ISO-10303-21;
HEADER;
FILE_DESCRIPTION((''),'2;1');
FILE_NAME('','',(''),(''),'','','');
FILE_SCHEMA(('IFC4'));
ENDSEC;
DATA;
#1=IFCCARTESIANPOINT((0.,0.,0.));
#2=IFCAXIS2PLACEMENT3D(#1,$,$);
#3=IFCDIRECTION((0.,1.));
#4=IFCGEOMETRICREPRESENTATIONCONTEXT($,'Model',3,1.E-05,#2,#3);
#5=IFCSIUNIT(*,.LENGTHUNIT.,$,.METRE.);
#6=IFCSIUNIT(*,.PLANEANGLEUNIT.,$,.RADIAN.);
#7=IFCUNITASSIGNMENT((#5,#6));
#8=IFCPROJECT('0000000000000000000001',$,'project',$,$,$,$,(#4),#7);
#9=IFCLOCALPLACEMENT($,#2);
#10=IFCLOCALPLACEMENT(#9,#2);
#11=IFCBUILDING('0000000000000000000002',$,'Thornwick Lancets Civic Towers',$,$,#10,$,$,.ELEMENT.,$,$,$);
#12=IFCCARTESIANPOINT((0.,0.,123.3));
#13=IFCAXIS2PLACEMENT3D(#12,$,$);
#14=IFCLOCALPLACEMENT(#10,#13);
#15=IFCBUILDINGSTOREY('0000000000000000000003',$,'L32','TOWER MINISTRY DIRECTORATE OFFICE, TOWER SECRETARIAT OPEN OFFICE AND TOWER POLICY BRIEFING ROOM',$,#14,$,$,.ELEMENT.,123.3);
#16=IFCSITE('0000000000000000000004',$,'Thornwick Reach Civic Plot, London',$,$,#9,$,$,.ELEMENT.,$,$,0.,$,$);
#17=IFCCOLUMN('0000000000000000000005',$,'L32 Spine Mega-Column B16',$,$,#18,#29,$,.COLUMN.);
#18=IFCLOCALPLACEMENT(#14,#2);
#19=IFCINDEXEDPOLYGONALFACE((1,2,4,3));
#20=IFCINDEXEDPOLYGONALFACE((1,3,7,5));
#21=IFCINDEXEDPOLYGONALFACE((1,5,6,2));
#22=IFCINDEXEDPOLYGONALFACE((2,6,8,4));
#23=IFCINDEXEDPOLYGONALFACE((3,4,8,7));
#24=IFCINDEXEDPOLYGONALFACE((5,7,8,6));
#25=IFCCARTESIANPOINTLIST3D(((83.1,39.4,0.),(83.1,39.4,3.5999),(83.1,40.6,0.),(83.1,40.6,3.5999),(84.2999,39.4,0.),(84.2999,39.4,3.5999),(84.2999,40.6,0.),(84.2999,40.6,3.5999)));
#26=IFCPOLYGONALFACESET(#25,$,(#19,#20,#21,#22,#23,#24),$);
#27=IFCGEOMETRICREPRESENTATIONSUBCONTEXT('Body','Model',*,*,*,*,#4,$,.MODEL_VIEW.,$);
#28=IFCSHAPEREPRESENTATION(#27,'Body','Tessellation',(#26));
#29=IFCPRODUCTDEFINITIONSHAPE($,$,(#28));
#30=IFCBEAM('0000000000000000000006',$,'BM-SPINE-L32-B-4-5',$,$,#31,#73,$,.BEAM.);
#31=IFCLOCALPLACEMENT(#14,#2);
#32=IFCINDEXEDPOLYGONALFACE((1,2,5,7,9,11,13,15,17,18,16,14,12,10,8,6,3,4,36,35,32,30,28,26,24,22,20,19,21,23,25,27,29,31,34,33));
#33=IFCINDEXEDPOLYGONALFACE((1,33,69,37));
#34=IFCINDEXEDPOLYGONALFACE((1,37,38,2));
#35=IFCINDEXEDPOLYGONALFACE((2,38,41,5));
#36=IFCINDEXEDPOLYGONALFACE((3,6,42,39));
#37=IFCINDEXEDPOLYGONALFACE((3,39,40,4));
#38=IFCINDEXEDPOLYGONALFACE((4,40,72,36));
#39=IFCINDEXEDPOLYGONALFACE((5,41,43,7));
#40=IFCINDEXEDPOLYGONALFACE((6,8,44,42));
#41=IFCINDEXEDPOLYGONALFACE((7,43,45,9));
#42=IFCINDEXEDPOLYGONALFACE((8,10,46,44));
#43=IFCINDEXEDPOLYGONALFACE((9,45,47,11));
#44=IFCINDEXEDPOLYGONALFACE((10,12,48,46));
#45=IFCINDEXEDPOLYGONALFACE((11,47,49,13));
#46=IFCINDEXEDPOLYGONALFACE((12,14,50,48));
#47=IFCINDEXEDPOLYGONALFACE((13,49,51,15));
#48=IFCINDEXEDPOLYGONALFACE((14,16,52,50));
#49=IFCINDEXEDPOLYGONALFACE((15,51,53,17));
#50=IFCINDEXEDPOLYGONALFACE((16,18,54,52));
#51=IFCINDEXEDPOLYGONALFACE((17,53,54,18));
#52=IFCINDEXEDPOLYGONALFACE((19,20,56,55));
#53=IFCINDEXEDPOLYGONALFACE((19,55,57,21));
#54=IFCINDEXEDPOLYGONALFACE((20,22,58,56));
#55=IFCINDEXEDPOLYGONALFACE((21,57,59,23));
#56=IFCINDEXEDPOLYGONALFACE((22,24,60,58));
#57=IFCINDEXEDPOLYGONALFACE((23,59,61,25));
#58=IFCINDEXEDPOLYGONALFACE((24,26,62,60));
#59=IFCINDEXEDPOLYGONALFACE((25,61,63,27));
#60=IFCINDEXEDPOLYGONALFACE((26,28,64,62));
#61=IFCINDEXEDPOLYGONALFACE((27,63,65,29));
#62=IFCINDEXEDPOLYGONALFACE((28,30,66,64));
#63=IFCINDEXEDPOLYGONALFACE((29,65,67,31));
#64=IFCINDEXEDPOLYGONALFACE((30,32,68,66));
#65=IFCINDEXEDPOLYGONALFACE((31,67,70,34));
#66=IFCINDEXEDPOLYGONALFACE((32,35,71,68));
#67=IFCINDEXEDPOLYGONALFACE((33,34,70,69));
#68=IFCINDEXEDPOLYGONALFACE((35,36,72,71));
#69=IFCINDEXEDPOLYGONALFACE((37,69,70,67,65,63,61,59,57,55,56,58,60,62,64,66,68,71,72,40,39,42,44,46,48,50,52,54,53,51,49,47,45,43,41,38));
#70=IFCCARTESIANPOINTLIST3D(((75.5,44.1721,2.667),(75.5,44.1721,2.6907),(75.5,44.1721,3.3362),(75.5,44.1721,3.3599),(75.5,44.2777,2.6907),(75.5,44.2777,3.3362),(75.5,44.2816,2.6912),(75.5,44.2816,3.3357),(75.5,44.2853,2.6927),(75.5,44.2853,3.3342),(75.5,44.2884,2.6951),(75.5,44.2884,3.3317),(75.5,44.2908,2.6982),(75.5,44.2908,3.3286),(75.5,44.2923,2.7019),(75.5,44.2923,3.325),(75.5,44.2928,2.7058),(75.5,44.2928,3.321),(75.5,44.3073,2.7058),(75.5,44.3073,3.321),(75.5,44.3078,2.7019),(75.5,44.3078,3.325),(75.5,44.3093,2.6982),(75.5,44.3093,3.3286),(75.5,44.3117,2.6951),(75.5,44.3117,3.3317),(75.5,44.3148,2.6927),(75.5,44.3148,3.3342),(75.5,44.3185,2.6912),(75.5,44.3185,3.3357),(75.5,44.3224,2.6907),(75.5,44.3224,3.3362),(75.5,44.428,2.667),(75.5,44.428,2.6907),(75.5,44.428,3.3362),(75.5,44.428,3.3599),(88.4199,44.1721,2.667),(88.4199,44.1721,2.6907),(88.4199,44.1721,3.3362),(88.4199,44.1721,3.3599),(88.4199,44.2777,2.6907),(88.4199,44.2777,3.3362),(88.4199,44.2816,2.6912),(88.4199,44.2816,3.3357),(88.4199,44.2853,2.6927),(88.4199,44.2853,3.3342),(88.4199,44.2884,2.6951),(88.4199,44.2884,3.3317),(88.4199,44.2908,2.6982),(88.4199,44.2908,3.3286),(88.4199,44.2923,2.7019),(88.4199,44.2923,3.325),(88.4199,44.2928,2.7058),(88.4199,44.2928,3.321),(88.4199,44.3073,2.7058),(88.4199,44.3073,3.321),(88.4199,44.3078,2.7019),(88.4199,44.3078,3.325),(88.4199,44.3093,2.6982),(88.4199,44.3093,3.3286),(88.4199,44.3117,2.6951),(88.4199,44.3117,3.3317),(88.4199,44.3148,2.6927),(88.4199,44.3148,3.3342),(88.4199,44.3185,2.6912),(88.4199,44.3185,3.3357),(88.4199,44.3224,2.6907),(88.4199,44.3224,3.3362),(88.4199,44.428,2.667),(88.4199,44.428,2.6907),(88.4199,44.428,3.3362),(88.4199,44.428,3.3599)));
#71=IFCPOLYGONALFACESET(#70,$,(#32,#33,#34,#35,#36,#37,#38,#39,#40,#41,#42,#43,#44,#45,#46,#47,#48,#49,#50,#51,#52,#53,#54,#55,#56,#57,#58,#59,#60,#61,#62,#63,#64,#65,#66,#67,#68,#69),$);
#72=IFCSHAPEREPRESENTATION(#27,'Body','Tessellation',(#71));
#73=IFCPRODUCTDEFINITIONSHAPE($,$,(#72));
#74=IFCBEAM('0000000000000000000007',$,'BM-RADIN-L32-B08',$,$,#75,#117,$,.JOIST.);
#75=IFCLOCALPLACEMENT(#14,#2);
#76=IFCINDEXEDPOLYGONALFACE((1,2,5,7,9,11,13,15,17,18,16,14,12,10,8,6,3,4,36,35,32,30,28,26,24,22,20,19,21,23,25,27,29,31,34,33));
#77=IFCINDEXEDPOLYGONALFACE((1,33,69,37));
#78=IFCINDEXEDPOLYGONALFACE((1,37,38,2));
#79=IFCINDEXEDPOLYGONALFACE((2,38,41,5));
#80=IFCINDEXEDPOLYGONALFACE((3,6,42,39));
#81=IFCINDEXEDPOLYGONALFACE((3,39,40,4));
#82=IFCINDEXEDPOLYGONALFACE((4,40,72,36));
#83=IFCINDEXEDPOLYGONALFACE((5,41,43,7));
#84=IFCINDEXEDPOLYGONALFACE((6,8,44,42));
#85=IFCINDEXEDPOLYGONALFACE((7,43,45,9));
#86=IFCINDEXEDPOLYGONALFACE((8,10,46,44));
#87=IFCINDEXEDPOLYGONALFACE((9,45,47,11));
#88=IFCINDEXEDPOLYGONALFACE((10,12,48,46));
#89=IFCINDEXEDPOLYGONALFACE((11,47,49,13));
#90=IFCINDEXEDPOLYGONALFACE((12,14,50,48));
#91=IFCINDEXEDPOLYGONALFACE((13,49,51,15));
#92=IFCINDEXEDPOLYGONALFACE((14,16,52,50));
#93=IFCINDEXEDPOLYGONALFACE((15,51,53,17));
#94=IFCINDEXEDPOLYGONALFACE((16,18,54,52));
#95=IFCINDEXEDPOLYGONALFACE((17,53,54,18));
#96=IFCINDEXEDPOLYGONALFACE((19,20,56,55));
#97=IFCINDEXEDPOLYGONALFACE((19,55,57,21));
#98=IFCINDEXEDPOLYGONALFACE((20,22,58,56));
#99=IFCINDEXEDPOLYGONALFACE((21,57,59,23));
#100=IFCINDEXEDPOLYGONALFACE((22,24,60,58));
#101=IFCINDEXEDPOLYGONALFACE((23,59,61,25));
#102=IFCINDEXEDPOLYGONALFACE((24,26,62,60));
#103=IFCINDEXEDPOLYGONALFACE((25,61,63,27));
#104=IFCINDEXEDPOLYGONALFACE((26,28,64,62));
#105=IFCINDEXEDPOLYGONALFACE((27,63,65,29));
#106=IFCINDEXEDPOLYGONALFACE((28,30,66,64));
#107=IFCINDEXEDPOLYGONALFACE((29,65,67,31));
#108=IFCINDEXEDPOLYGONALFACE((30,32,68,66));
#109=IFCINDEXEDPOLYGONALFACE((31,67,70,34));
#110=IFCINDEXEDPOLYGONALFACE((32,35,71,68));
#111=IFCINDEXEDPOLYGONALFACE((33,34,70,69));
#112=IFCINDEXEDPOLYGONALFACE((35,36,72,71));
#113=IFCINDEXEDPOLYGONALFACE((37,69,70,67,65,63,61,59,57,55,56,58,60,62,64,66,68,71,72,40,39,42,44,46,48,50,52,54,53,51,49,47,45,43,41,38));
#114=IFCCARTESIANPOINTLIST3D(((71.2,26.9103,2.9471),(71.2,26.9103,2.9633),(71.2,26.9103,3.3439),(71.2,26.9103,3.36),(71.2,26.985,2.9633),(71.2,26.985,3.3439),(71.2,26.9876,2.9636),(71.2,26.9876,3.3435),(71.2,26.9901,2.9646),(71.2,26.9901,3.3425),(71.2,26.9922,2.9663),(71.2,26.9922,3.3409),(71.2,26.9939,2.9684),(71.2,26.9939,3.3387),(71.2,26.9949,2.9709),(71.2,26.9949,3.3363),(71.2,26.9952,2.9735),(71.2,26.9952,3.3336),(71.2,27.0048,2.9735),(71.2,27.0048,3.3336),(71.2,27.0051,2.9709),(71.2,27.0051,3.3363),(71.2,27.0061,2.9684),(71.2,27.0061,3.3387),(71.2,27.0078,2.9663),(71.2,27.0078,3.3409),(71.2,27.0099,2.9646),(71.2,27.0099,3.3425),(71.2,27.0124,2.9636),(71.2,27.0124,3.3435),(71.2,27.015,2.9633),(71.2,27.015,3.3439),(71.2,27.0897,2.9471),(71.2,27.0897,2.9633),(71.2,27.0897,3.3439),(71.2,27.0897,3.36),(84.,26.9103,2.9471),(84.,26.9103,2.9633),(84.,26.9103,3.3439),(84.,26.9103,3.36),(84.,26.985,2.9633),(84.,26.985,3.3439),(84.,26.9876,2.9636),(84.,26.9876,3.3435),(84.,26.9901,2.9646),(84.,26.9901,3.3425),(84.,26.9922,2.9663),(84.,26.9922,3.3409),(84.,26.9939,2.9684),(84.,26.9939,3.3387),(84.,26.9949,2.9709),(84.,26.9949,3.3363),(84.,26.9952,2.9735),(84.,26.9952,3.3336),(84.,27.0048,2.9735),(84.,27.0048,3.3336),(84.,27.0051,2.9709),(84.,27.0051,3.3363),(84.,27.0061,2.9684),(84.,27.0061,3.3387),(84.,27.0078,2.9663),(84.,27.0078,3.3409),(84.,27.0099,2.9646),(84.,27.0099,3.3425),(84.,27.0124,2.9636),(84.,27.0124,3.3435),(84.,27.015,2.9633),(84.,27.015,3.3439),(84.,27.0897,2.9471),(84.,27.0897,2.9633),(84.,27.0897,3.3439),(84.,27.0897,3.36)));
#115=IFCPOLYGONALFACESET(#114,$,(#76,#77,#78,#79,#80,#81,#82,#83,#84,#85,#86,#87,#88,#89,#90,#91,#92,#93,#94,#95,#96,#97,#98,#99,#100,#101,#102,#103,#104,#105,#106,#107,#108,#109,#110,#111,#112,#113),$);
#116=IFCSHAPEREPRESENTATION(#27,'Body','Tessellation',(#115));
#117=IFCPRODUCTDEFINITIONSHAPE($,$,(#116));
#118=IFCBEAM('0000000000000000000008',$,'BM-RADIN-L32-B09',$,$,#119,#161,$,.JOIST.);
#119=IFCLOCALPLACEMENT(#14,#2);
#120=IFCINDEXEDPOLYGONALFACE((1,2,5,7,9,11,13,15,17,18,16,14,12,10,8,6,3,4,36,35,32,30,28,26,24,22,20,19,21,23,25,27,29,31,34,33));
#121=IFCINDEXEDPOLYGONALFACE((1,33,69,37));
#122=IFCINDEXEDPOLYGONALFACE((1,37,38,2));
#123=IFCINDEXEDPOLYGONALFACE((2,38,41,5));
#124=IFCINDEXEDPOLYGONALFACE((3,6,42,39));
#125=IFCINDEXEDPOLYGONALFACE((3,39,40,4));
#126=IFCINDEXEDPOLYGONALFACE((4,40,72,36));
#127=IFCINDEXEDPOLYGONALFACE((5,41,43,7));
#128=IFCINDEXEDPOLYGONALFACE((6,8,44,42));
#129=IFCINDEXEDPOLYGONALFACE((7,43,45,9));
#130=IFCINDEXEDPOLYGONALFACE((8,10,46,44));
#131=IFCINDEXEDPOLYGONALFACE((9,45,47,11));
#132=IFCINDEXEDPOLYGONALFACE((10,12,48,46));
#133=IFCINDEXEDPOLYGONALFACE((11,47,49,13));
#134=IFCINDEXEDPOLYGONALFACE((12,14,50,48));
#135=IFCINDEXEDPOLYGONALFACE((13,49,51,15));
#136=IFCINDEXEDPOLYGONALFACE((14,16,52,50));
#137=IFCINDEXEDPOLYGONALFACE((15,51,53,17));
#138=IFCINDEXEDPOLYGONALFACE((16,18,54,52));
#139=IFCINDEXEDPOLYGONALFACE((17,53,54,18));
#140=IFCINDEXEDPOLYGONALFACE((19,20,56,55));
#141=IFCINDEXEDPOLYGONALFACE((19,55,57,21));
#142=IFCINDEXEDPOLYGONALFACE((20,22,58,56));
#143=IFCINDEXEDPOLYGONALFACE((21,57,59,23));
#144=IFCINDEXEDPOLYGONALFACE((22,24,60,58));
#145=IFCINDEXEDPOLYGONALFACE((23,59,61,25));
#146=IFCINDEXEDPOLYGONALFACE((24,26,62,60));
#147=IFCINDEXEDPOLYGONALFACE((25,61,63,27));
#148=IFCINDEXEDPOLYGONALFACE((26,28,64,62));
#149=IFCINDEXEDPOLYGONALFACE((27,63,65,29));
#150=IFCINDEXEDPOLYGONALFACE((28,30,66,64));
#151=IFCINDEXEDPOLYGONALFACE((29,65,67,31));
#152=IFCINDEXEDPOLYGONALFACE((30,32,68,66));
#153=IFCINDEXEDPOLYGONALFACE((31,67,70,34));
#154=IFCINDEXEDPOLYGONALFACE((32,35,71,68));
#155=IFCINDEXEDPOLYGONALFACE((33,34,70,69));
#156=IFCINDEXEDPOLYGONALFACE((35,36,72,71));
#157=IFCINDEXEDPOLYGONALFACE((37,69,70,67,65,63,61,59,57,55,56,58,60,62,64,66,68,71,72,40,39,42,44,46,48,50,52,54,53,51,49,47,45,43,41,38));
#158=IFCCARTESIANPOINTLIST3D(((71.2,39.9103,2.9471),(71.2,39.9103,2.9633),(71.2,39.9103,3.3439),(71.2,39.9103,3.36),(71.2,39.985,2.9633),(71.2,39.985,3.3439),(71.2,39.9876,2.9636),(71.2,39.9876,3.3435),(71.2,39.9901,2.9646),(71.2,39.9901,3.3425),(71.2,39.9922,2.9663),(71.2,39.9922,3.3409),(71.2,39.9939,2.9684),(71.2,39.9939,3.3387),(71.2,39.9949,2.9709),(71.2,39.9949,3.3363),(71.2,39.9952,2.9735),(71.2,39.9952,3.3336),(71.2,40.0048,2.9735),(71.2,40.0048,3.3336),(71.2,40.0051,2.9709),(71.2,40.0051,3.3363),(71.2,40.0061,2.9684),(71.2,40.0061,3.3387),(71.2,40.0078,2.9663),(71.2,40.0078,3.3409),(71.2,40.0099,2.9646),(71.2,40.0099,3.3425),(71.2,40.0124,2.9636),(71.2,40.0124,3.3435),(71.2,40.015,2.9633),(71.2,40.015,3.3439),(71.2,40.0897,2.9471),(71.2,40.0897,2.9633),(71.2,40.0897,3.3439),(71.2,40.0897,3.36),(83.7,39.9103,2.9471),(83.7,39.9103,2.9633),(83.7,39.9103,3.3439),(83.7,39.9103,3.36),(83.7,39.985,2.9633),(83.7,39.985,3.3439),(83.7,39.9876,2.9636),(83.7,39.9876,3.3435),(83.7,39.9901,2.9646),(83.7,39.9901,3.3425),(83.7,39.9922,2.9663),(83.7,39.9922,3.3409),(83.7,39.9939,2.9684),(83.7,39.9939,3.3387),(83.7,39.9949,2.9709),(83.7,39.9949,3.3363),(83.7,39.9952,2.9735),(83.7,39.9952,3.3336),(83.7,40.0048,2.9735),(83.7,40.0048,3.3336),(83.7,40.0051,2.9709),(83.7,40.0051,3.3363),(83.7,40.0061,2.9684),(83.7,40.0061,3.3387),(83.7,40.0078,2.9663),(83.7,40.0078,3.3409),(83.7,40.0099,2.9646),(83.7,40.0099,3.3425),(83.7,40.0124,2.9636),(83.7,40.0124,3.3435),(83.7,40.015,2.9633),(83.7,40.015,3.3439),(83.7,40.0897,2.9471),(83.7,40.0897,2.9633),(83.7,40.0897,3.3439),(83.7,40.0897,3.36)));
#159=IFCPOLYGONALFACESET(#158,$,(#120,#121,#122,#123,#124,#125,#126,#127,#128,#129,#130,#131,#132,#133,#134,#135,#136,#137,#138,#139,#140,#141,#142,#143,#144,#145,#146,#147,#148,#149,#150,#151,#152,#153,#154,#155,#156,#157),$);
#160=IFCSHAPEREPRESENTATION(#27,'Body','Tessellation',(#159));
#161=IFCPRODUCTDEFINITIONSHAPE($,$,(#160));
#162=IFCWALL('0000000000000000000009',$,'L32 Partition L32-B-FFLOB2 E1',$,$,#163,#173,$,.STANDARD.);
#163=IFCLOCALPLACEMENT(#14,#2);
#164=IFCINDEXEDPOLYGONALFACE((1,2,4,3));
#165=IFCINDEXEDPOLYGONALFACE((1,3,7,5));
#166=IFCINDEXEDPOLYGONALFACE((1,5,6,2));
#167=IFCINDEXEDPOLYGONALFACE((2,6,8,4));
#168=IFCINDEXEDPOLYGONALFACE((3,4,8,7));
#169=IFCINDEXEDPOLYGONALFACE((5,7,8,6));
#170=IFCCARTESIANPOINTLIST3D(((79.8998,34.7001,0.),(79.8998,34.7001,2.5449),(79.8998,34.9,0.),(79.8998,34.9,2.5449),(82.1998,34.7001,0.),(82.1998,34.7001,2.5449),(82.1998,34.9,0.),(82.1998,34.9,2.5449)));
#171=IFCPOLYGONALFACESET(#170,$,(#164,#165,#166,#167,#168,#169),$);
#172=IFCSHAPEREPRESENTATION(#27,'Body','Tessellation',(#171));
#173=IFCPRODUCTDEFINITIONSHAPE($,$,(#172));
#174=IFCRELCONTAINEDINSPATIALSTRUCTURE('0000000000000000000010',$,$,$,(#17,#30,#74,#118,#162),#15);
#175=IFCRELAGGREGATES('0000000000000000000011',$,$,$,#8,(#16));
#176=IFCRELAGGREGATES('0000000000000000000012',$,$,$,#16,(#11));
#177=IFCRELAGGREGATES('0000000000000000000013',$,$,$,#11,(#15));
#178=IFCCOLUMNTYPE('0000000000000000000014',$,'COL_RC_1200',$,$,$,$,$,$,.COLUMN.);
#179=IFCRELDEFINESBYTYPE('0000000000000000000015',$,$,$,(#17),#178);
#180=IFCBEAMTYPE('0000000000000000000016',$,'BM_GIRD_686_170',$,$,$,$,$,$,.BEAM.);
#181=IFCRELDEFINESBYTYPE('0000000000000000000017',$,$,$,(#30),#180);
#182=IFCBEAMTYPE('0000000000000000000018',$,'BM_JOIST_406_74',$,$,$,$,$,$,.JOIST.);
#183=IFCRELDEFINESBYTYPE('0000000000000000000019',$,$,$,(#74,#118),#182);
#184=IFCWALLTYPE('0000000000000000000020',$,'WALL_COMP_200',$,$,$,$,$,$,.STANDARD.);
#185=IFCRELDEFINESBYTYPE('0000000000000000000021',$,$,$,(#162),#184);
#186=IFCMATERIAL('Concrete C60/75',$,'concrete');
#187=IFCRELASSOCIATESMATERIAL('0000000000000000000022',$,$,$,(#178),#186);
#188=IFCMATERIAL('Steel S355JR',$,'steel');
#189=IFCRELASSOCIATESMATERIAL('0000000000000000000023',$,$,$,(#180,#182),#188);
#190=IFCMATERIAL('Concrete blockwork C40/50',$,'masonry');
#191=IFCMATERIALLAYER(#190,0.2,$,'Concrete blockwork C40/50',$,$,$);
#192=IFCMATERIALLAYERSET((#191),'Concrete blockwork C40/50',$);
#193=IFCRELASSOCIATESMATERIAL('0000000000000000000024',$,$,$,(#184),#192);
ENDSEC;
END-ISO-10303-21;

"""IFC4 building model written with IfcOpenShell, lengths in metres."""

from ifc_helpers import new_model, si_unit, direction, frame, frame_2d, origin, origin_2d, place, context, subcontext, project, spatial, rectangle, i_section, extrude, material, layer, layer_set, material_profile, profile_set, type_object, element, save


model = new_model("IFC4")

# Units and contexts
model_context = context("Model", 3, precision=1e-05, world=origin(), true_north=direction((0.0, 1.0)))
body_context = subcontext(model_context, "Body", "Model", "MODEL_VIEW")
ifc_project = project(units=[si_unit("LENGTHUNIT", "METRE"), si_unit("PLANEANGLEUNIT", "RADIAN")], contexts=[model_context])

# Site, building, storey
site_placement = place(None, origin())
site = spatial("IfcSite", under=ifc_project, at=site_placement, Name="Thornwick Reach Civic Plot, London", CompositionType="ELEMENT", RefElevation=0.0)
building_placement = place(site_placement, origin())
building = spatial("IfcBuilding", under=site, at=building_placement, Name="Thornwick Lancets Civic Towers", CompositionType="ELEMENT")
storey_placement = place(building_placement, frame((0.0, 0.0, 123.3)))
storey = spatial("IfcBuildingStorey", under=building, at=storey_placement, Name="L32", Description="TOWER MINISTRY DIRECTORATE OFFICE, TOWER SECRETARIAT OPEN OFFICE AND TOWER POLICY BRIEFING ROOM", CompositionType="ELEMENT", Elevation=123.3)

# Column
ifc_material_1 = material(Name="Concrete C60/75", Category="concrete")
ifc_material_profile_1 = material_profile(ifc_material_1, rectangle(XDim=1.2, YDim=1.2, at=origin_2d()), Name="RC 1200x1200")
ifc_profile_set_1 = profile_set([ifc_material_profile_1], Name="Concrete C60/75")
column_type = type_object("IfcColumnType", Name="COL_RC_1200", PredefinedType="COLUMN", material=ifc_profile_set_1)
column_placement = place(storey_placement, frame((83.7, 40.0, 0.0), z_axis=(0.0, 0.0, 1.0), x_axis=(1.0, 0.0, 0.0)))
element("IfcColumn", 1, at=column_placement, inside=storey, type_object=column_type, Name="L32 Spine Mega-Column B16", PredefinedType="COLUMN", context=body_context, shape_type="SweptSolid", body=[
    extrude(rectangle(XDim=1.2, YDim=1.2, at=origin_2d()), origin(), (0.0, 0.0, 1.0), 3.5999),
])

# Beams
ifc_material_2 = material(Name="Steel S355JR", Category="steel")
ifc_material_profile_2 = material_profile(ifc_material_2, i_section(OverallWidth=0.2559, OverallDepth=0.6929, WebThickness=0.0144, FlangeThickness=0.0237, FilletRadius=0.0151, at=origin_2d()), Name="UKB 686x254x170")
ifc_profile_set_2 = profile_set([ifc_material_profile_2], Name="Steel S355JR")
beam_type_1 = type_object("IfcBeamType", Name="BM_GIRD_686_170", PredefinedType="BEAM", material=ifc_profile_set_2)
beam_1_placement = place(storey_placement, frame((88.4199, 44.3, 3.0134), z_axis=(-1.0, 0.0, 0.0), x_axis=(0.0, -1.0, 0.0)))
element("IfcBeam", 2, at=beam_1_placement, inside=storey, type_object=beam_type_1, Name="BM-SPINE-L32-B-4-5", PredefinedType="BEAM", context=body_context, shape_type="SweptSolid", body=[
    extrude(i_section(OverallWidth=0.2559, OverallDepth=0.6929, WebThickness=0.0144, FlangeThickness=0.0237, FilletRadius=0.0151, at=origin_2d()), origin(), (0.0, 0.0, 1.0), 12.9199),
])
ifc_material_profile_3 = material_profile(ifc_material_2, i_section(OverallWidth=0.1794, OverallDepth=0.4128, WebThickness=0.0095, FlangeThickness=0.0161, FilletRadius=0.0103, at=origin_2d()), Name="UKB 406x178x74")
ifc_profile_set_3 = profile_set([ifc_material_profile_3], Name="Steel S355JR")
beam_type_2 = type_object("IfcBeamType", Name="BM_JOIST_406_74", PredefinedType="JOIST", material=ifc_profile_set_3)
beam_2_placement = place(storey_placement, frame((84.0, 27.0, 3.1536), z_axis=(-1.0, 0.0, 0.0), x_axis=(0.0, -1.0, 0.0)))
element("IfcBeam", 3, at=beam_2_placement, inside=storey, type_object=beam_type_2, Name="BM-RADIN-L32-B08", PredefinedType="JOIST", context=body_context, shape_type="SweptSolid", body=[
    extrude(i_section(OverallWidth=0.1794, OverallDepth=0.4128, WebThickness=0.0095, FlangeThickness=0.0161, FilletRadius=0.0103, at=origin_2d()), origin(), (0.0, 0.0, 1.0), 12.8),
])
beam_3_placement = place(storey_placement, frame((83.7, 40.0, 3.1536), z_axis=(-1.0, 0.0, 0.0), x_axis=(0.0, -1.0, 0.0)))
element("IfcBeam", 4, at=beam_3_placement, inside=storey, type_object=beam_type_2, Name="BM-RADIN-L32-B09", PredefinedType="JOIST", context=body_context, shape_type="SweptSolid", body=[
    extrude(i_section(OverallWidth=0.1794, OverallDepth=0.4128, WebThickness=0.0095, FlangeThickness=0.0161, FilletRadius=0.0103, at=origin_2d()), origin(), (0.0, 0.0, 1.0), 12.5),
])

# Wall
ifc_material_3 = material(Name="Concrete blockwork C40/50", Category="masonry")
ifc_layer_1 = layer(ifc_material_3, 0.2, Name="Concrete blockwork C40/50")
ifc_layer_set_1 = layer_set([ifc_layer_1], Name="Concrete blockwork C40/50")
wall_type_1 = type_object("IfcWallType", Name="WALL_COMP_200", PredefinedType="STANDARD", material=ifc_layer_set_1)
wall_1_placement = place(storey_placement, frame((79.8999, 34.8, 0.0), z_axis=(0.0, 0.0, 1.0), x_axis=(1.0, 0.0, 0.0)))
element("IfcWall", 5, at=wall_1_placement, inside=storey, type_object=wall_type_1, Name="L32 Partition L32-B-FFLOB2 E1", PredefinedType="STANDARD", context=body_context, shape_type="SweptSolid", body=[
    extrude(rectangle(XDim=2.3, YDim=0.2, at=frame_2d((1.1499, 0.0))), origin(), (0.0, 0.0, 1.0), 2.5449),
])

save(model, "model.ifc")
